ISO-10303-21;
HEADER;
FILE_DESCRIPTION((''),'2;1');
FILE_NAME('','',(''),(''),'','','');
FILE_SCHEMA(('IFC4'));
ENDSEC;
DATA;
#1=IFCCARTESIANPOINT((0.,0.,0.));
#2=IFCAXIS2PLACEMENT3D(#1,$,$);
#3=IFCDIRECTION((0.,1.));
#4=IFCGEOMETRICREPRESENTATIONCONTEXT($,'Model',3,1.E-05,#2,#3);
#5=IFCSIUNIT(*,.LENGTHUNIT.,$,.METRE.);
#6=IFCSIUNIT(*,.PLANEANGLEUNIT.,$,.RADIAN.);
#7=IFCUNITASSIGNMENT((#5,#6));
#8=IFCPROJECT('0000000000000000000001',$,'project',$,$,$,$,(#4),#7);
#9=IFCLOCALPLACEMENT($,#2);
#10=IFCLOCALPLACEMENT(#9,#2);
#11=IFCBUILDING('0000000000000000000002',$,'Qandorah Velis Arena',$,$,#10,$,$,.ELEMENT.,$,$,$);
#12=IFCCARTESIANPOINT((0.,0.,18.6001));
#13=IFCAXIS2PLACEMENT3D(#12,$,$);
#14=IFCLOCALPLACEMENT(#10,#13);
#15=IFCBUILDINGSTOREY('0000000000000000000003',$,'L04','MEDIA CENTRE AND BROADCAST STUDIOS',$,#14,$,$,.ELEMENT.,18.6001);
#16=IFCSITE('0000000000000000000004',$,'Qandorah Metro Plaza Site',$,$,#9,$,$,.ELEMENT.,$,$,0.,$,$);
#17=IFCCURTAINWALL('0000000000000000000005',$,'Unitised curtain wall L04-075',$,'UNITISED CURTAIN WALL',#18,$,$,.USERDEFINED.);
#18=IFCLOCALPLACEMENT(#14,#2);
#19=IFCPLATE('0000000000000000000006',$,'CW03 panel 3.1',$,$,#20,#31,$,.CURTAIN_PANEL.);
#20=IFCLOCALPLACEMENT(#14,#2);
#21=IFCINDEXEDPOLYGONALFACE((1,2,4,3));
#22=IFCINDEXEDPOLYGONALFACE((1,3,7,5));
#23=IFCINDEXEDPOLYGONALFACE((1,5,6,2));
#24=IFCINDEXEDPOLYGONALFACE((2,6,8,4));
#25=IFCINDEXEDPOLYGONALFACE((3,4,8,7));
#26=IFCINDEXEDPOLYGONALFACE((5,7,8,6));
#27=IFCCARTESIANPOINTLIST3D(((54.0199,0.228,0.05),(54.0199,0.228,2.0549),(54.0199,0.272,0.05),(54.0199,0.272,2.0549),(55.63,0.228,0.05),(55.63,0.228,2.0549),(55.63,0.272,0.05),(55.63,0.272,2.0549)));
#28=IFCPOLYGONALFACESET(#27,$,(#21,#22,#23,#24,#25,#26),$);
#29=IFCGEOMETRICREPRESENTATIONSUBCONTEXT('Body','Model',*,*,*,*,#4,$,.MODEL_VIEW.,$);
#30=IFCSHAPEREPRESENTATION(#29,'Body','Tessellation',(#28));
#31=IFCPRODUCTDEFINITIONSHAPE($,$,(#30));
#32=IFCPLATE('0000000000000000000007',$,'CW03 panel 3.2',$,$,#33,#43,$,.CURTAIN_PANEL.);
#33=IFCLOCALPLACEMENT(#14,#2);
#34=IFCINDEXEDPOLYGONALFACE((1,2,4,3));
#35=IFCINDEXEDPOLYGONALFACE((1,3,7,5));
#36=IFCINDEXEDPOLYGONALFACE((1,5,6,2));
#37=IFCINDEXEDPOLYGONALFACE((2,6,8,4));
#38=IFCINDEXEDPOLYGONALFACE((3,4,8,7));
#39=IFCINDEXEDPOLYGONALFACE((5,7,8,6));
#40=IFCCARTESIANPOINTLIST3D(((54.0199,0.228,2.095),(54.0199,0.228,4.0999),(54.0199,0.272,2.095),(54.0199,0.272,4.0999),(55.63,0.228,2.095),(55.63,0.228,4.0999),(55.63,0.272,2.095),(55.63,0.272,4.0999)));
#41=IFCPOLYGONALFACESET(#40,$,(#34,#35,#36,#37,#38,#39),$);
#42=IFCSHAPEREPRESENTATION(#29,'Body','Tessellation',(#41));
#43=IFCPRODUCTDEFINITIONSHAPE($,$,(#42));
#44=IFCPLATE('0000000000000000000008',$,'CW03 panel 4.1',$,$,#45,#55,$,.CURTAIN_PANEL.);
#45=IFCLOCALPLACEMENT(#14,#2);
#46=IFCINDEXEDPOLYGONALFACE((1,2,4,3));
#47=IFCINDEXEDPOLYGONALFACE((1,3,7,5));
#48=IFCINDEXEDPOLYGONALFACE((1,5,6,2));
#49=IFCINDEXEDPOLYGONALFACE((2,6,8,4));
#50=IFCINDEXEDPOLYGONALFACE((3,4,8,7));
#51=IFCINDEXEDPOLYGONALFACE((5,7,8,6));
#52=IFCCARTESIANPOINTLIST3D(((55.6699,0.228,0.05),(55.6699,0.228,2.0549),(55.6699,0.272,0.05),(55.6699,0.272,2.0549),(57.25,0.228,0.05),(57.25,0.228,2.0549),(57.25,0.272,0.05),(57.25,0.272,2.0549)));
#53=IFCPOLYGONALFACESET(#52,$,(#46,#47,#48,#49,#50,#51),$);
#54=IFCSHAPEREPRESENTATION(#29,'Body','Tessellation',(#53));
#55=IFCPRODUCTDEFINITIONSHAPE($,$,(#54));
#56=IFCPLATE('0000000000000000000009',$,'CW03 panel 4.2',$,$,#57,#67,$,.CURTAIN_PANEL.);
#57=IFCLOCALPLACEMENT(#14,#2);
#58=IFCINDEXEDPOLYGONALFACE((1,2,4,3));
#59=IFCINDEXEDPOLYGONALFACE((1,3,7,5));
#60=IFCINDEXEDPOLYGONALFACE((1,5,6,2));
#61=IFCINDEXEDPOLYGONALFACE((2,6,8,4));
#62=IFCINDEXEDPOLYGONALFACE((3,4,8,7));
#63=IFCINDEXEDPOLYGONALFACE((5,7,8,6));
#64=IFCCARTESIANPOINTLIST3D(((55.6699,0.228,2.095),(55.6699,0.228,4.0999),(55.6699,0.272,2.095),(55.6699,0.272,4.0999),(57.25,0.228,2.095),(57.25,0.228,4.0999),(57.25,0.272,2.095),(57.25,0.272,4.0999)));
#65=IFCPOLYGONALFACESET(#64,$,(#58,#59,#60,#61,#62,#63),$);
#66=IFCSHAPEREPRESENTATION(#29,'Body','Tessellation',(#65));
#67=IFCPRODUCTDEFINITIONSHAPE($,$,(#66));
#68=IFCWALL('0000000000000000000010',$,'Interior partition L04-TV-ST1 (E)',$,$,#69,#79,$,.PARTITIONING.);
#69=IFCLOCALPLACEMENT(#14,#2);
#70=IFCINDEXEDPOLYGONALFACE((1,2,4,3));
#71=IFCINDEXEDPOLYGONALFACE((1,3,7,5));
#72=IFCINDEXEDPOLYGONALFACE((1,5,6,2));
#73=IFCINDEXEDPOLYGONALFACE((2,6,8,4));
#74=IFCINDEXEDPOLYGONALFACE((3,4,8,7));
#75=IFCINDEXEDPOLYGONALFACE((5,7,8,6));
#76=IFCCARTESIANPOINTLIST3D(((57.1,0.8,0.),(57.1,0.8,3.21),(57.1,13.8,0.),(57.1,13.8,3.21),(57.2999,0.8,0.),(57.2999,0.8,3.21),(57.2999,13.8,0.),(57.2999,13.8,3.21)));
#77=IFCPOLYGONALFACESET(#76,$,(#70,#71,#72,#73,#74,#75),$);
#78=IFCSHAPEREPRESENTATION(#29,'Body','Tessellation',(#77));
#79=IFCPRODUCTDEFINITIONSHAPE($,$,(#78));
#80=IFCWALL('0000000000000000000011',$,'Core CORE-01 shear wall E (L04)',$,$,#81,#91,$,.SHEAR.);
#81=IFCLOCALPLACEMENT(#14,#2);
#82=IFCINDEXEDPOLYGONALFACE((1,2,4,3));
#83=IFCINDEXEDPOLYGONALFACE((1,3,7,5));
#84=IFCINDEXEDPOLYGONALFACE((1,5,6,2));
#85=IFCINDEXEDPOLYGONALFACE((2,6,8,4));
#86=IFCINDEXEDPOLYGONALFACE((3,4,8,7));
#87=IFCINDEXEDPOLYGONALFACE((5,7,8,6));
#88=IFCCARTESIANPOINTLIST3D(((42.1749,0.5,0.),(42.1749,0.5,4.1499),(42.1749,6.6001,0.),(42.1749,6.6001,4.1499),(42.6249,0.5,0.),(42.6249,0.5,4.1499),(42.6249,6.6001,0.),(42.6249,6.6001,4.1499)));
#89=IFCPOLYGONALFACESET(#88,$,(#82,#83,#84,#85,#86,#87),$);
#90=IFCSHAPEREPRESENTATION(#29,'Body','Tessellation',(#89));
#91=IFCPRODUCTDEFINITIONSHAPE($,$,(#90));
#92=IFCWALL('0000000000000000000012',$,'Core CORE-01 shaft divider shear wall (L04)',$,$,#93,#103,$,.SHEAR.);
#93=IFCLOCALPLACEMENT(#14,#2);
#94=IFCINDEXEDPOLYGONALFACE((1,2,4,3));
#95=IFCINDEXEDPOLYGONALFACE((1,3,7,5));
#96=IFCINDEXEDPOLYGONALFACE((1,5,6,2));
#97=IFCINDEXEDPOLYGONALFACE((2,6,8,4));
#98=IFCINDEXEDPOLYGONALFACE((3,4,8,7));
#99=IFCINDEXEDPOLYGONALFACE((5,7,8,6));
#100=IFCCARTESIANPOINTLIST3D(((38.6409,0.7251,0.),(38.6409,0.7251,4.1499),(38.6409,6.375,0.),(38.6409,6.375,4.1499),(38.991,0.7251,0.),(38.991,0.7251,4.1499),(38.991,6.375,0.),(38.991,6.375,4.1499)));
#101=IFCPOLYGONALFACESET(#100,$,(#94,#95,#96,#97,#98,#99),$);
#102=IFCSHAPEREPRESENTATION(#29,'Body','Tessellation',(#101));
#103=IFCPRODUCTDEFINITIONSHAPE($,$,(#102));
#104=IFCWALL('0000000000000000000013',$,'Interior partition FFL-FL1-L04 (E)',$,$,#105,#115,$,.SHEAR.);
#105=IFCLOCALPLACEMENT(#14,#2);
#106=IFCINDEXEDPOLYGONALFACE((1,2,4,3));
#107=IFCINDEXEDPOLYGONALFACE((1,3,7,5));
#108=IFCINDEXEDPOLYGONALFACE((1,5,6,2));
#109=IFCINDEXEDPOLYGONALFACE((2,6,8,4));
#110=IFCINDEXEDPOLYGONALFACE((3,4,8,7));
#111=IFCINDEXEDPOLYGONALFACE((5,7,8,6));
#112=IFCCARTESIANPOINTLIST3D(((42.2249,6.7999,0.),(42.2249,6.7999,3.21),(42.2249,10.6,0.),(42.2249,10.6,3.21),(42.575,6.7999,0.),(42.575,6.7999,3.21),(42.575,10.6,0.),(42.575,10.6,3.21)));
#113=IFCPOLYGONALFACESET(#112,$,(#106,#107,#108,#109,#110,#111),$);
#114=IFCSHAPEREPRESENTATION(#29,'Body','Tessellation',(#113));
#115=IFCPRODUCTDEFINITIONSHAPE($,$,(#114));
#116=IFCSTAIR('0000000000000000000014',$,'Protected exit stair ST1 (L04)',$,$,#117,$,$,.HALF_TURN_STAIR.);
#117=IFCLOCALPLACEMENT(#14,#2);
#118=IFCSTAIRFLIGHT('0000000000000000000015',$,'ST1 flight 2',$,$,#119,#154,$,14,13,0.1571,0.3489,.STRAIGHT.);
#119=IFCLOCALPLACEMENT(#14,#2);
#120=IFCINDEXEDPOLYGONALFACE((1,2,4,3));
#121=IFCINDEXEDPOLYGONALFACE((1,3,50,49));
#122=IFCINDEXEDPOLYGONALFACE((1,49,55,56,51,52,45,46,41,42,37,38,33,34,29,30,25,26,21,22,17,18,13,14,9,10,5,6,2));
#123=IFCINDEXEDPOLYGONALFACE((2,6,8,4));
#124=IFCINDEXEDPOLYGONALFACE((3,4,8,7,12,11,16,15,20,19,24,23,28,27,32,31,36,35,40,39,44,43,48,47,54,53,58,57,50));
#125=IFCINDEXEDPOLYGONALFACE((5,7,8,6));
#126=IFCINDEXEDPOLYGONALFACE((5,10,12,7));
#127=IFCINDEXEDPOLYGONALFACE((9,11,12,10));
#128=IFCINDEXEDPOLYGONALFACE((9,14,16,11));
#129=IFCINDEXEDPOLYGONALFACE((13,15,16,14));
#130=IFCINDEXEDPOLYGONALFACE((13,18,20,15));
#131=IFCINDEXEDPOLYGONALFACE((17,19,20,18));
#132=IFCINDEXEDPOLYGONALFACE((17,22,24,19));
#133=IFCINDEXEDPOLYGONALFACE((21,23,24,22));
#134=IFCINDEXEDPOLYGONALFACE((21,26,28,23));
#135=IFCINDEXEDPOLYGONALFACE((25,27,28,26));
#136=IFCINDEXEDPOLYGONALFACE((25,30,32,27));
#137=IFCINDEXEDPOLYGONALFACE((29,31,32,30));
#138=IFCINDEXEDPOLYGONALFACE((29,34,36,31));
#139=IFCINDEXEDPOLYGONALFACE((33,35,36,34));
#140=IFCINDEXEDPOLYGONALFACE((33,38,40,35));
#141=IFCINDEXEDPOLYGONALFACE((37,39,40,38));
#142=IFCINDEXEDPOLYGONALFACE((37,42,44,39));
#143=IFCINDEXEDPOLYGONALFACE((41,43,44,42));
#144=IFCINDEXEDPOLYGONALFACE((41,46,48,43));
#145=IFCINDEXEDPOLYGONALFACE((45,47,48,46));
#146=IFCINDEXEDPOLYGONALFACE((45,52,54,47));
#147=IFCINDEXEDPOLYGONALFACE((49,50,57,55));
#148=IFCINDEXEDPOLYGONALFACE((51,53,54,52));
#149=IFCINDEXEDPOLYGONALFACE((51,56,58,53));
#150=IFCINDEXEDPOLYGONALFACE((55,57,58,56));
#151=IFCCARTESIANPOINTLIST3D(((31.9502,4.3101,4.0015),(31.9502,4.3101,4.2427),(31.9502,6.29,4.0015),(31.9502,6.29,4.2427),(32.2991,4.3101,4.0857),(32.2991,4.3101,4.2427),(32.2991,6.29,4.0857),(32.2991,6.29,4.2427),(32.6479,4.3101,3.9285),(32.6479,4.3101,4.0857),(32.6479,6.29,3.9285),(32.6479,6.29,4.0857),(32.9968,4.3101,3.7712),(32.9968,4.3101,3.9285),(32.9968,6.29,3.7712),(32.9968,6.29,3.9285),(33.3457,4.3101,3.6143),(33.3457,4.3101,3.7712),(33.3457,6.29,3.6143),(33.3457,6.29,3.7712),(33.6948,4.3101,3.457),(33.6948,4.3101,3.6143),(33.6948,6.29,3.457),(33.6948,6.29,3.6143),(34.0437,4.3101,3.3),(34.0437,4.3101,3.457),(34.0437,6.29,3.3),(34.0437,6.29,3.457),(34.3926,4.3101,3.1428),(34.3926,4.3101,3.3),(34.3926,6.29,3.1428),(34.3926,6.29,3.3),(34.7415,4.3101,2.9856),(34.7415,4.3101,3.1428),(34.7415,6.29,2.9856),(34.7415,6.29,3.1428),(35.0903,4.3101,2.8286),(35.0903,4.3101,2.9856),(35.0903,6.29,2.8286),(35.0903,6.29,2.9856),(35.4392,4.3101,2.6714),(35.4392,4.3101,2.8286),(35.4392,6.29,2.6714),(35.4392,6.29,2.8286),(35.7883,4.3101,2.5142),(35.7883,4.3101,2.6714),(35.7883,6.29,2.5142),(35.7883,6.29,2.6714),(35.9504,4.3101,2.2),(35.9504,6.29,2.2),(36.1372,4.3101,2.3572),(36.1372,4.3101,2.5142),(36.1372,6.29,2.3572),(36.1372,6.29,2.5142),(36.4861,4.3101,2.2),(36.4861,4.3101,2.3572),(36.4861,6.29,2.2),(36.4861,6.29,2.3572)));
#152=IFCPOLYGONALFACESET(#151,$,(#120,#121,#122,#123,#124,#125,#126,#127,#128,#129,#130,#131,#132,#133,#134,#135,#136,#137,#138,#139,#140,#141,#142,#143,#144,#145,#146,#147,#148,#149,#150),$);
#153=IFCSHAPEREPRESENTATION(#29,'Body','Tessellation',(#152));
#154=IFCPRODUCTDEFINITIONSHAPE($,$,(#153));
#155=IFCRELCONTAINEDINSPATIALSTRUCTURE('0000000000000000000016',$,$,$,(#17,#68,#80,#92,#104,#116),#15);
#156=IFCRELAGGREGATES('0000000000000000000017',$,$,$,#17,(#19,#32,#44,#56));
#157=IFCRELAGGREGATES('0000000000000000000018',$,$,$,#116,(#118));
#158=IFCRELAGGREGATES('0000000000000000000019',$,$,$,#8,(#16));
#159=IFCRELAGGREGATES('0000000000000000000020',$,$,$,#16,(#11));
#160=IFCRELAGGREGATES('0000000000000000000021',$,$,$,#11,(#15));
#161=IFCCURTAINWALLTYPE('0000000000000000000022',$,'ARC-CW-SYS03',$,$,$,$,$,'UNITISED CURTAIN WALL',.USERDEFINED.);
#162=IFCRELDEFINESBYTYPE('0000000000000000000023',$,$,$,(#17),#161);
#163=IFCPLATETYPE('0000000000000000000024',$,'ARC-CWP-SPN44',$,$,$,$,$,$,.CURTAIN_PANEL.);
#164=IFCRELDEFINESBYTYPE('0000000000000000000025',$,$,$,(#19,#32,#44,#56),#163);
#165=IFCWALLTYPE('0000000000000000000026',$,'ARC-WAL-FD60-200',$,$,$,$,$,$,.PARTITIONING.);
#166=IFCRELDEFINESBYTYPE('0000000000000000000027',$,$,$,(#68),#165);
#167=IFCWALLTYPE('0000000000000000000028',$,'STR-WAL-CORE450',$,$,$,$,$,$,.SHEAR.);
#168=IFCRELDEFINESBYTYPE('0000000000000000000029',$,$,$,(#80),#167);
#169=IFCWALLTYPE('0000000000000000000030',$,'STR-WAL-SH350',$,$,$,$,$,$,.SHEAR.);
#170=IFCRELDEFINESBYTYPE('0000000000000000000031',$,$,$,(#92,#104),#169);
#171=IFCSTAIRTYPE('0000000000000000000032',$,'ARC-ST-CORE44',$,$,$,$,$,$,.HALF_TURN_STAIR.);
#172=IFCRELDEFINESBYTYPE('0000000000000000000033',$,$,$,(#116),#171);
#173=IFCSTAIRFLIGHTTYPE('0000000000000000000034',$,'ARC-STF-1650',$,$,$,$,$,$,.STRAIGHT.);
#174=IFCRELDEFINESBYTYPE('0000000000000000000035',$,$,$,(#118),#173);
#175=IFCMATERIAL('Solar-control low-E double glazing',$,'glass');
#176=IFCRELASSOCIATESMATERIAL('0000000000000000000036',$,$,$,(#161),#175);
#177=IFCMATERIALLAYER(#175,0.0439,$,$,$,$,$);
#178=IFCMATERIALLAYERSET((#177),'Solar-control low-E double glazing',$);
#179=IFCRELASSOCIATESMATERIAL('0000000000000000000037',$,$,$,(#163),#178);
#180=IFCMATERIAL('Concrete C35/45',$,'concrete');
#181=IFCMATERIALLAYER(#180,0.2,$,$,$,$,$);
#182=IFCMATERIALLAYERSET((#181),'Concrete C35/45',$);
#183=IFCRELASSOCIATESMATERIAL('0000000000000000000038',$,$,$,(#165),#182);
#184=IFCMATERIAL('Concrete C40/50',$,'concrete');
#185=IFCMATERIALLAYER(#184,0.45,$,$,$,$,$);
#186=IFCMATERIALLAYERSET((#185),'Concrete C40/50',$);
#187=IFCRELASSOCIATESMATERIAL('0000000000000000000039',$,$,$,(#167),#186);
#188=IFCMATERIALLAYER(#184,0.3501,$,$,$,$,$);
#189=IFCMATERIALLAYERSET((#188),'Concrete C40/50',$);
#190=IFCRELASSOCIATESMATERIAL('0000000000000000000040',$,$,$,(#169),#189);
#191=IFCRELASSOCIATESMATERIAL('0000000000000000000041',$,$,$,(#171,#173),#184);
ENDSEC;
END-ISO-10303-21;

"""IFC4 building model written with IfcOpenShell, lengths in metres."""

from ifc_helpers import new_model, si_unit, direction, frame, frame_2d, origin, origin_2d, place, context, subcontext, project, spatial, polyline, rectangle, outline, extrude, material, layer, layer_set, type_object, element, aggregate, save


model = new_model("IFC4")

# Units and contexts
model_context = context("Model", 3, precision=1e-05, world=origin(), true_north=direction((0.0, 1.0)))
body_context = subcontext(model_context, "Body", "Model", "MODEL_VIEW")
ifc_project = project(units=[si_unit("LENGTHUNIT", "METRE"), si_unit("PLANEANGLEUNIT", "RADIAN")], contexts=[model_context])

# Site, building, storey
site_placement = place(None, origin())
site = spatial("IfcSite", under=ifc_project, at=site_placement, Name="Qandorah Metro Plaza Site", CompositionType="ELEMENT", RefElevation=0.0)
building_placement = place(site_placement, origin())
building = spatial("IfcBuilding", under=site, at=building_placement, Name="Qandorah Velis Arena", CompositionType="ELEMENT")
storey_placement = place(building_placement, frame((0.0, 0.0, 18.6001)))
storey = spatial("IfcBuildingStorey", under=building, at=storey_placement, Name="L04", Description="MEDIA CENTRE AND BROADCAST STUDIOS", CompositionType="ELEMENT", Elevation=18.6001)

# Curtain wall
ifc_material_1 = material(Name="Solar-control low-E double glazing", Category="glass")
curtain_wall_type = type_object("IfcCurtainWallType", Name="ARC-CW-SYS03", ElementType="UNITISED CURTAIN WALL", PredefinedType="USERDEFINED", material=ifc_material_1)
curtain_wall_placement = place(storey_placement, origin())
curtain_wall = element("IfcCurtainWall", 1, at=curtain_wall_placement, inside=storey, type_object=curtain_wall_type, Name="Unitised curtain wall L04-075", ObjectType="UNITISED CURTAIN WALL", PredefinedType="USERDEFINED")

# Plates
ifc_layer_1 = layer(ifc_material_1, 0.0439)
ifc_layer_set_1 = layer_set([ifc_layer_1], Name="Solar-control low-E double glazing")
plate_type = type_object("IfcPlateType", Name="ARC-CWP-SPN44", PredefinedType="CURTAIN_PANEL", material=ifc_layer_set_1)
plate_1_placement = place(storey_placement, frame((54.825, 0.25, 0.05), z_axis=(0.0, 0.0, 1.0), x_axis=(1.0, 0.0, 0.0)))
plate_1 = element("IfcPlate", 2, at=plate_1_placement, type_object=plate_type, Name="CW03 panel 3.1", PredefinedType="CURTAIN_PANEL", context=body_context, shape_type="SweptSolid", body=[
    extrude(rectangle(XDim=1.6101, YDim=0.0439, at=origin_2d()), origin(), (0.0, 0.0, 1.0), 2.0049),
])
plate_2_placement = place(storey_placement, frame((54.825, 0.25, 2.095), z_axis=(0.0, 0.0, 1.0), x_axis=(1.0, 0.0, 0.0)))
plate_2 = element("IfcPlate", 3, at=plate_2_placement, type_object=plate_type, Name="CW03 panel 3.2", PredefinedType="CURTAIN_PANEL", context=body_context, shape_type="SweptSolid", body=[
    extrude(rectangle(XDim=1.6101, YDim=0.0439, at=origin_2d()), origin(), (0.0, 0.0, 1.0), 2.0049),
])
plate_3_placement = place(storey_placement, frame((56.46, 0.25, 0.05), z_axis=(0.0, 0.0, 1.0), x_axis=(1.0, 0.0, 0.0)))
plate_3 = element("IfcPlate", 4, at=plate_3_placement, type_object=plate_type, Name="CW03 panel 4.1", PredefinedType="CURTAIN_PANEL", context=body_context, shape_type="SweptSolid", body=[
    extrude(rectangle(XDim=1.5801, YDim=0.0439, at=origin_2d()), origin(), (0.0, 0.0, 1.0), 2.0049),
])
plate_4_placement = place(storey_placement, frame((56.46, 0.25, 2.095), z_axis=(0.0, 0.0, 1.0), x_axis=(1.0, 0.0, 0.0)))
plate_4 = element("IfcPlate", 5, at=plate_4_placement, type_object=plate_type, Name="CW03 panel 4.2", PredefinedType="CURTAIN_PANEL", context=body_context, shape_type="SweptSolid", body=[
    extrude(rectangle(XDim=1.5801, YDim=0.0439, at=origin_2d()), origin(), (0.0, 0.0, 1.0), 2.0049),
])
aggregate(curtain_wall, [plate_1, plate_2, plate_3, plate_4])

# Walls
ifc_material_2 = material(Name="Concrete C35/45", Category="concrete")
ifc_layer_2 = layer(ifc_material_2, 0.2)
ifc_layer_set_2 = layer_set([ifc_layer_2], Name="Concrete C35/45")
wall_type_1 = type_object("IfcWallType", Name="ARC-WAL-FD60-200", PredefinedType="PARTITIONING", material=ifc_layer_set_2)
wall_1_placement = place(storey_placement, frame((57.2, 0.8, 0.0), z_axis=(0.0, 0.0, 1.0), x_axis=(0.0, 1.0, 0.0)))
element("IfcWall", 6, at=wall_1_placement, inside=storey, type_object=wall_type_1, Name="Interior partition L04-TV-ST1 (E)", PredefinedType="PARTITIONING", context=body_context, shape_type="SweptSolid", body=[
    extrude(rectangle(XDim=13.0, YDim=0.2, at=frame_2d((6.5, 0.0))), origin(), (0.0, 0.0, 1.0), 3.21),
])
ifc_material_3 = material(Name="Concrete C40/50", Category="concrete")
ifc_layer_3 = layer(ifc_material_3, 0.45)
ifc_layer_set_3 = layer_set([ifc_layer_3], Name="Concrete C40/50")
wall_type_2 = type_object("IfcWallType", Name="STR-WAL-CORE450", PredefinedType="SHEAR", material=ifc_layer_set_3)
wall_2_placement = place(storey_placement, frame((42.3999, 0.5, 0.0), z_axis=(0.0, 0.0, 1.0), x_axis=(0.0, 1.0, 0.0)))
element("IfcWall", 7, at=wall_2_placement, inside=storey, type_object=wall_type_2, Name="Core CORE-01 shear wall E (L04)", PredefinedType="SHEAR", context=body_context, shape_type="SweptSolid", body=[
    extrude(rectangle(XDim=6.1001, YDim=0.45, at=frame_2d((3.05, 0.0))), origin(), (0.0, 0.0, 1.0), 4.1499),
])
ifc_layer_4 = layer(ifc_material_3, 0.3501)
ifc_layer_set_4 = layer_set([ifc_layer_4], Name="Concrete C40/50")
wall_type_3 = type_object("IfcWallType", Name="STR-WAL-SH350", PredefinedType="SHEAR", material=ifc_layer_set_4)
wall_3_placement = place(storey_placement, frame((38.8159, 0.7251, 0.0), z_axis=(0.0, 0.0, 1.0), x_axis=(0.0, 1.0, 0.0)))
element("IfcWall", 8, at=wall_3_placement, inside=storey, type_object=wall_type_3, Name="Core CORE-01 shaft divider shear wall (L04)", PredefinedType="SHEAR", context=body_context, shape_type="SweptSolid", body=[
    extrude(rectangle(XDim=5.6499, YDim=0.3501, at=frame_2d((2.825, 0.0))), origin(), (0.0, 0.0, 1.0), 4.1499),
])
wall_4_placement = place(storey_placement, frame((42.3999, 6.8, 0.0), z_axis=(0.0, 0.0, 1.0), x_axis=(0.0, 1.0, 0.0)))
element("IfcWall", 9, at=wall_4_placement, inside=storey, type_object=wall_type_3, Name="Interior partition FFL-FL1-L04 (E)", PredefinedType="SHEAR", context=body_context, shape_type="SweptSolid", body=[
    extrude(rectangle(XDim=3.8, YDim=0.3501, at=frame_2d((1.8999, 0.0))), origin(), (0.0, 0.0, 1.0), 3.21),
])

# Stair, stair flight
stair_type = type_object("IfcStairType", Name="ARC-ST-CORE44", PredefinedType="HALF_TURN_STAIR", material=ifc_material_3)
stair_placement = place(storey_placement, origin())
stair = element("IfcStair", 10, at=stair_placement, inside=storey, type_object=stair_type, Name="Protected exit stair ST1 (L04)", PredefinedType="HALF_TURN_STAIR")
stair_flight_type = type_object("IfcStairFlightType", Name="ARC-STF-1650", PredefinedType="STRAIGHT", material=ifc_material_3)
stair_flight_placement = place(storey_placement, frame((36.4861, 5.3, 2.2), z_axis=(0.0, 0.0, 1.0), x_axis=(-1.0, 0.0, 0.0)))
stair_flight = element("IfcStairFlight", 11, at=stair_flight_placement, type_object=stair_flight_type, Name="ST1 flight 2", NumberOfRisers=14, NumberOfTreads=13, PredefinedType="STRAIGHT", RiserHeight=0.1571, TreadLength=0.3489, context=body_context, shape_type="SweptSolid", body=[
    extrude(outline(polyline([(0.0, 0.0), (0.0, 0.1572), (0.3489, 0.1572), (0.3489, 0.3142), (0.6978, 0.3142), (0.6978, 0.4714), (1.0469, 0.4714), (1.0469, 0.6287), (1.3958, 0.6287), (1.3958, 0.7856), (1.7446, 0.7856), (1.7446, 0.9429), (2.0935, 0.9429), (2.0935, 1.1001), (2.4424, 1.1001), (2.4424, 1.2571), (2.7913, 1.2571), (2.7913, 1.4143), (3.1404, 1.4143), (3.1404, 1.5713), (3.4893, 1.5713), (3.4893, 1.7285), (3.8381, 1.7285), (3.8381, 1.8857), (4.187, 1.8857), (4.187, 2.0427), (4.5359, 2.0427), (4.5359, 2.2), (4.5359, 1.8015), (0.5356, 0.0), (0.0, 0.0)])), frame((0.0, 0.99, 0.0), z_axis=(0.0, -1.0, 0.0), x_axis=(1.0, 0.0, 0.0)), (0.0, 0.0, 1.0), 1.98),
])
aggregate(stair, [stair_flight])

save(model, "model.ifc")
